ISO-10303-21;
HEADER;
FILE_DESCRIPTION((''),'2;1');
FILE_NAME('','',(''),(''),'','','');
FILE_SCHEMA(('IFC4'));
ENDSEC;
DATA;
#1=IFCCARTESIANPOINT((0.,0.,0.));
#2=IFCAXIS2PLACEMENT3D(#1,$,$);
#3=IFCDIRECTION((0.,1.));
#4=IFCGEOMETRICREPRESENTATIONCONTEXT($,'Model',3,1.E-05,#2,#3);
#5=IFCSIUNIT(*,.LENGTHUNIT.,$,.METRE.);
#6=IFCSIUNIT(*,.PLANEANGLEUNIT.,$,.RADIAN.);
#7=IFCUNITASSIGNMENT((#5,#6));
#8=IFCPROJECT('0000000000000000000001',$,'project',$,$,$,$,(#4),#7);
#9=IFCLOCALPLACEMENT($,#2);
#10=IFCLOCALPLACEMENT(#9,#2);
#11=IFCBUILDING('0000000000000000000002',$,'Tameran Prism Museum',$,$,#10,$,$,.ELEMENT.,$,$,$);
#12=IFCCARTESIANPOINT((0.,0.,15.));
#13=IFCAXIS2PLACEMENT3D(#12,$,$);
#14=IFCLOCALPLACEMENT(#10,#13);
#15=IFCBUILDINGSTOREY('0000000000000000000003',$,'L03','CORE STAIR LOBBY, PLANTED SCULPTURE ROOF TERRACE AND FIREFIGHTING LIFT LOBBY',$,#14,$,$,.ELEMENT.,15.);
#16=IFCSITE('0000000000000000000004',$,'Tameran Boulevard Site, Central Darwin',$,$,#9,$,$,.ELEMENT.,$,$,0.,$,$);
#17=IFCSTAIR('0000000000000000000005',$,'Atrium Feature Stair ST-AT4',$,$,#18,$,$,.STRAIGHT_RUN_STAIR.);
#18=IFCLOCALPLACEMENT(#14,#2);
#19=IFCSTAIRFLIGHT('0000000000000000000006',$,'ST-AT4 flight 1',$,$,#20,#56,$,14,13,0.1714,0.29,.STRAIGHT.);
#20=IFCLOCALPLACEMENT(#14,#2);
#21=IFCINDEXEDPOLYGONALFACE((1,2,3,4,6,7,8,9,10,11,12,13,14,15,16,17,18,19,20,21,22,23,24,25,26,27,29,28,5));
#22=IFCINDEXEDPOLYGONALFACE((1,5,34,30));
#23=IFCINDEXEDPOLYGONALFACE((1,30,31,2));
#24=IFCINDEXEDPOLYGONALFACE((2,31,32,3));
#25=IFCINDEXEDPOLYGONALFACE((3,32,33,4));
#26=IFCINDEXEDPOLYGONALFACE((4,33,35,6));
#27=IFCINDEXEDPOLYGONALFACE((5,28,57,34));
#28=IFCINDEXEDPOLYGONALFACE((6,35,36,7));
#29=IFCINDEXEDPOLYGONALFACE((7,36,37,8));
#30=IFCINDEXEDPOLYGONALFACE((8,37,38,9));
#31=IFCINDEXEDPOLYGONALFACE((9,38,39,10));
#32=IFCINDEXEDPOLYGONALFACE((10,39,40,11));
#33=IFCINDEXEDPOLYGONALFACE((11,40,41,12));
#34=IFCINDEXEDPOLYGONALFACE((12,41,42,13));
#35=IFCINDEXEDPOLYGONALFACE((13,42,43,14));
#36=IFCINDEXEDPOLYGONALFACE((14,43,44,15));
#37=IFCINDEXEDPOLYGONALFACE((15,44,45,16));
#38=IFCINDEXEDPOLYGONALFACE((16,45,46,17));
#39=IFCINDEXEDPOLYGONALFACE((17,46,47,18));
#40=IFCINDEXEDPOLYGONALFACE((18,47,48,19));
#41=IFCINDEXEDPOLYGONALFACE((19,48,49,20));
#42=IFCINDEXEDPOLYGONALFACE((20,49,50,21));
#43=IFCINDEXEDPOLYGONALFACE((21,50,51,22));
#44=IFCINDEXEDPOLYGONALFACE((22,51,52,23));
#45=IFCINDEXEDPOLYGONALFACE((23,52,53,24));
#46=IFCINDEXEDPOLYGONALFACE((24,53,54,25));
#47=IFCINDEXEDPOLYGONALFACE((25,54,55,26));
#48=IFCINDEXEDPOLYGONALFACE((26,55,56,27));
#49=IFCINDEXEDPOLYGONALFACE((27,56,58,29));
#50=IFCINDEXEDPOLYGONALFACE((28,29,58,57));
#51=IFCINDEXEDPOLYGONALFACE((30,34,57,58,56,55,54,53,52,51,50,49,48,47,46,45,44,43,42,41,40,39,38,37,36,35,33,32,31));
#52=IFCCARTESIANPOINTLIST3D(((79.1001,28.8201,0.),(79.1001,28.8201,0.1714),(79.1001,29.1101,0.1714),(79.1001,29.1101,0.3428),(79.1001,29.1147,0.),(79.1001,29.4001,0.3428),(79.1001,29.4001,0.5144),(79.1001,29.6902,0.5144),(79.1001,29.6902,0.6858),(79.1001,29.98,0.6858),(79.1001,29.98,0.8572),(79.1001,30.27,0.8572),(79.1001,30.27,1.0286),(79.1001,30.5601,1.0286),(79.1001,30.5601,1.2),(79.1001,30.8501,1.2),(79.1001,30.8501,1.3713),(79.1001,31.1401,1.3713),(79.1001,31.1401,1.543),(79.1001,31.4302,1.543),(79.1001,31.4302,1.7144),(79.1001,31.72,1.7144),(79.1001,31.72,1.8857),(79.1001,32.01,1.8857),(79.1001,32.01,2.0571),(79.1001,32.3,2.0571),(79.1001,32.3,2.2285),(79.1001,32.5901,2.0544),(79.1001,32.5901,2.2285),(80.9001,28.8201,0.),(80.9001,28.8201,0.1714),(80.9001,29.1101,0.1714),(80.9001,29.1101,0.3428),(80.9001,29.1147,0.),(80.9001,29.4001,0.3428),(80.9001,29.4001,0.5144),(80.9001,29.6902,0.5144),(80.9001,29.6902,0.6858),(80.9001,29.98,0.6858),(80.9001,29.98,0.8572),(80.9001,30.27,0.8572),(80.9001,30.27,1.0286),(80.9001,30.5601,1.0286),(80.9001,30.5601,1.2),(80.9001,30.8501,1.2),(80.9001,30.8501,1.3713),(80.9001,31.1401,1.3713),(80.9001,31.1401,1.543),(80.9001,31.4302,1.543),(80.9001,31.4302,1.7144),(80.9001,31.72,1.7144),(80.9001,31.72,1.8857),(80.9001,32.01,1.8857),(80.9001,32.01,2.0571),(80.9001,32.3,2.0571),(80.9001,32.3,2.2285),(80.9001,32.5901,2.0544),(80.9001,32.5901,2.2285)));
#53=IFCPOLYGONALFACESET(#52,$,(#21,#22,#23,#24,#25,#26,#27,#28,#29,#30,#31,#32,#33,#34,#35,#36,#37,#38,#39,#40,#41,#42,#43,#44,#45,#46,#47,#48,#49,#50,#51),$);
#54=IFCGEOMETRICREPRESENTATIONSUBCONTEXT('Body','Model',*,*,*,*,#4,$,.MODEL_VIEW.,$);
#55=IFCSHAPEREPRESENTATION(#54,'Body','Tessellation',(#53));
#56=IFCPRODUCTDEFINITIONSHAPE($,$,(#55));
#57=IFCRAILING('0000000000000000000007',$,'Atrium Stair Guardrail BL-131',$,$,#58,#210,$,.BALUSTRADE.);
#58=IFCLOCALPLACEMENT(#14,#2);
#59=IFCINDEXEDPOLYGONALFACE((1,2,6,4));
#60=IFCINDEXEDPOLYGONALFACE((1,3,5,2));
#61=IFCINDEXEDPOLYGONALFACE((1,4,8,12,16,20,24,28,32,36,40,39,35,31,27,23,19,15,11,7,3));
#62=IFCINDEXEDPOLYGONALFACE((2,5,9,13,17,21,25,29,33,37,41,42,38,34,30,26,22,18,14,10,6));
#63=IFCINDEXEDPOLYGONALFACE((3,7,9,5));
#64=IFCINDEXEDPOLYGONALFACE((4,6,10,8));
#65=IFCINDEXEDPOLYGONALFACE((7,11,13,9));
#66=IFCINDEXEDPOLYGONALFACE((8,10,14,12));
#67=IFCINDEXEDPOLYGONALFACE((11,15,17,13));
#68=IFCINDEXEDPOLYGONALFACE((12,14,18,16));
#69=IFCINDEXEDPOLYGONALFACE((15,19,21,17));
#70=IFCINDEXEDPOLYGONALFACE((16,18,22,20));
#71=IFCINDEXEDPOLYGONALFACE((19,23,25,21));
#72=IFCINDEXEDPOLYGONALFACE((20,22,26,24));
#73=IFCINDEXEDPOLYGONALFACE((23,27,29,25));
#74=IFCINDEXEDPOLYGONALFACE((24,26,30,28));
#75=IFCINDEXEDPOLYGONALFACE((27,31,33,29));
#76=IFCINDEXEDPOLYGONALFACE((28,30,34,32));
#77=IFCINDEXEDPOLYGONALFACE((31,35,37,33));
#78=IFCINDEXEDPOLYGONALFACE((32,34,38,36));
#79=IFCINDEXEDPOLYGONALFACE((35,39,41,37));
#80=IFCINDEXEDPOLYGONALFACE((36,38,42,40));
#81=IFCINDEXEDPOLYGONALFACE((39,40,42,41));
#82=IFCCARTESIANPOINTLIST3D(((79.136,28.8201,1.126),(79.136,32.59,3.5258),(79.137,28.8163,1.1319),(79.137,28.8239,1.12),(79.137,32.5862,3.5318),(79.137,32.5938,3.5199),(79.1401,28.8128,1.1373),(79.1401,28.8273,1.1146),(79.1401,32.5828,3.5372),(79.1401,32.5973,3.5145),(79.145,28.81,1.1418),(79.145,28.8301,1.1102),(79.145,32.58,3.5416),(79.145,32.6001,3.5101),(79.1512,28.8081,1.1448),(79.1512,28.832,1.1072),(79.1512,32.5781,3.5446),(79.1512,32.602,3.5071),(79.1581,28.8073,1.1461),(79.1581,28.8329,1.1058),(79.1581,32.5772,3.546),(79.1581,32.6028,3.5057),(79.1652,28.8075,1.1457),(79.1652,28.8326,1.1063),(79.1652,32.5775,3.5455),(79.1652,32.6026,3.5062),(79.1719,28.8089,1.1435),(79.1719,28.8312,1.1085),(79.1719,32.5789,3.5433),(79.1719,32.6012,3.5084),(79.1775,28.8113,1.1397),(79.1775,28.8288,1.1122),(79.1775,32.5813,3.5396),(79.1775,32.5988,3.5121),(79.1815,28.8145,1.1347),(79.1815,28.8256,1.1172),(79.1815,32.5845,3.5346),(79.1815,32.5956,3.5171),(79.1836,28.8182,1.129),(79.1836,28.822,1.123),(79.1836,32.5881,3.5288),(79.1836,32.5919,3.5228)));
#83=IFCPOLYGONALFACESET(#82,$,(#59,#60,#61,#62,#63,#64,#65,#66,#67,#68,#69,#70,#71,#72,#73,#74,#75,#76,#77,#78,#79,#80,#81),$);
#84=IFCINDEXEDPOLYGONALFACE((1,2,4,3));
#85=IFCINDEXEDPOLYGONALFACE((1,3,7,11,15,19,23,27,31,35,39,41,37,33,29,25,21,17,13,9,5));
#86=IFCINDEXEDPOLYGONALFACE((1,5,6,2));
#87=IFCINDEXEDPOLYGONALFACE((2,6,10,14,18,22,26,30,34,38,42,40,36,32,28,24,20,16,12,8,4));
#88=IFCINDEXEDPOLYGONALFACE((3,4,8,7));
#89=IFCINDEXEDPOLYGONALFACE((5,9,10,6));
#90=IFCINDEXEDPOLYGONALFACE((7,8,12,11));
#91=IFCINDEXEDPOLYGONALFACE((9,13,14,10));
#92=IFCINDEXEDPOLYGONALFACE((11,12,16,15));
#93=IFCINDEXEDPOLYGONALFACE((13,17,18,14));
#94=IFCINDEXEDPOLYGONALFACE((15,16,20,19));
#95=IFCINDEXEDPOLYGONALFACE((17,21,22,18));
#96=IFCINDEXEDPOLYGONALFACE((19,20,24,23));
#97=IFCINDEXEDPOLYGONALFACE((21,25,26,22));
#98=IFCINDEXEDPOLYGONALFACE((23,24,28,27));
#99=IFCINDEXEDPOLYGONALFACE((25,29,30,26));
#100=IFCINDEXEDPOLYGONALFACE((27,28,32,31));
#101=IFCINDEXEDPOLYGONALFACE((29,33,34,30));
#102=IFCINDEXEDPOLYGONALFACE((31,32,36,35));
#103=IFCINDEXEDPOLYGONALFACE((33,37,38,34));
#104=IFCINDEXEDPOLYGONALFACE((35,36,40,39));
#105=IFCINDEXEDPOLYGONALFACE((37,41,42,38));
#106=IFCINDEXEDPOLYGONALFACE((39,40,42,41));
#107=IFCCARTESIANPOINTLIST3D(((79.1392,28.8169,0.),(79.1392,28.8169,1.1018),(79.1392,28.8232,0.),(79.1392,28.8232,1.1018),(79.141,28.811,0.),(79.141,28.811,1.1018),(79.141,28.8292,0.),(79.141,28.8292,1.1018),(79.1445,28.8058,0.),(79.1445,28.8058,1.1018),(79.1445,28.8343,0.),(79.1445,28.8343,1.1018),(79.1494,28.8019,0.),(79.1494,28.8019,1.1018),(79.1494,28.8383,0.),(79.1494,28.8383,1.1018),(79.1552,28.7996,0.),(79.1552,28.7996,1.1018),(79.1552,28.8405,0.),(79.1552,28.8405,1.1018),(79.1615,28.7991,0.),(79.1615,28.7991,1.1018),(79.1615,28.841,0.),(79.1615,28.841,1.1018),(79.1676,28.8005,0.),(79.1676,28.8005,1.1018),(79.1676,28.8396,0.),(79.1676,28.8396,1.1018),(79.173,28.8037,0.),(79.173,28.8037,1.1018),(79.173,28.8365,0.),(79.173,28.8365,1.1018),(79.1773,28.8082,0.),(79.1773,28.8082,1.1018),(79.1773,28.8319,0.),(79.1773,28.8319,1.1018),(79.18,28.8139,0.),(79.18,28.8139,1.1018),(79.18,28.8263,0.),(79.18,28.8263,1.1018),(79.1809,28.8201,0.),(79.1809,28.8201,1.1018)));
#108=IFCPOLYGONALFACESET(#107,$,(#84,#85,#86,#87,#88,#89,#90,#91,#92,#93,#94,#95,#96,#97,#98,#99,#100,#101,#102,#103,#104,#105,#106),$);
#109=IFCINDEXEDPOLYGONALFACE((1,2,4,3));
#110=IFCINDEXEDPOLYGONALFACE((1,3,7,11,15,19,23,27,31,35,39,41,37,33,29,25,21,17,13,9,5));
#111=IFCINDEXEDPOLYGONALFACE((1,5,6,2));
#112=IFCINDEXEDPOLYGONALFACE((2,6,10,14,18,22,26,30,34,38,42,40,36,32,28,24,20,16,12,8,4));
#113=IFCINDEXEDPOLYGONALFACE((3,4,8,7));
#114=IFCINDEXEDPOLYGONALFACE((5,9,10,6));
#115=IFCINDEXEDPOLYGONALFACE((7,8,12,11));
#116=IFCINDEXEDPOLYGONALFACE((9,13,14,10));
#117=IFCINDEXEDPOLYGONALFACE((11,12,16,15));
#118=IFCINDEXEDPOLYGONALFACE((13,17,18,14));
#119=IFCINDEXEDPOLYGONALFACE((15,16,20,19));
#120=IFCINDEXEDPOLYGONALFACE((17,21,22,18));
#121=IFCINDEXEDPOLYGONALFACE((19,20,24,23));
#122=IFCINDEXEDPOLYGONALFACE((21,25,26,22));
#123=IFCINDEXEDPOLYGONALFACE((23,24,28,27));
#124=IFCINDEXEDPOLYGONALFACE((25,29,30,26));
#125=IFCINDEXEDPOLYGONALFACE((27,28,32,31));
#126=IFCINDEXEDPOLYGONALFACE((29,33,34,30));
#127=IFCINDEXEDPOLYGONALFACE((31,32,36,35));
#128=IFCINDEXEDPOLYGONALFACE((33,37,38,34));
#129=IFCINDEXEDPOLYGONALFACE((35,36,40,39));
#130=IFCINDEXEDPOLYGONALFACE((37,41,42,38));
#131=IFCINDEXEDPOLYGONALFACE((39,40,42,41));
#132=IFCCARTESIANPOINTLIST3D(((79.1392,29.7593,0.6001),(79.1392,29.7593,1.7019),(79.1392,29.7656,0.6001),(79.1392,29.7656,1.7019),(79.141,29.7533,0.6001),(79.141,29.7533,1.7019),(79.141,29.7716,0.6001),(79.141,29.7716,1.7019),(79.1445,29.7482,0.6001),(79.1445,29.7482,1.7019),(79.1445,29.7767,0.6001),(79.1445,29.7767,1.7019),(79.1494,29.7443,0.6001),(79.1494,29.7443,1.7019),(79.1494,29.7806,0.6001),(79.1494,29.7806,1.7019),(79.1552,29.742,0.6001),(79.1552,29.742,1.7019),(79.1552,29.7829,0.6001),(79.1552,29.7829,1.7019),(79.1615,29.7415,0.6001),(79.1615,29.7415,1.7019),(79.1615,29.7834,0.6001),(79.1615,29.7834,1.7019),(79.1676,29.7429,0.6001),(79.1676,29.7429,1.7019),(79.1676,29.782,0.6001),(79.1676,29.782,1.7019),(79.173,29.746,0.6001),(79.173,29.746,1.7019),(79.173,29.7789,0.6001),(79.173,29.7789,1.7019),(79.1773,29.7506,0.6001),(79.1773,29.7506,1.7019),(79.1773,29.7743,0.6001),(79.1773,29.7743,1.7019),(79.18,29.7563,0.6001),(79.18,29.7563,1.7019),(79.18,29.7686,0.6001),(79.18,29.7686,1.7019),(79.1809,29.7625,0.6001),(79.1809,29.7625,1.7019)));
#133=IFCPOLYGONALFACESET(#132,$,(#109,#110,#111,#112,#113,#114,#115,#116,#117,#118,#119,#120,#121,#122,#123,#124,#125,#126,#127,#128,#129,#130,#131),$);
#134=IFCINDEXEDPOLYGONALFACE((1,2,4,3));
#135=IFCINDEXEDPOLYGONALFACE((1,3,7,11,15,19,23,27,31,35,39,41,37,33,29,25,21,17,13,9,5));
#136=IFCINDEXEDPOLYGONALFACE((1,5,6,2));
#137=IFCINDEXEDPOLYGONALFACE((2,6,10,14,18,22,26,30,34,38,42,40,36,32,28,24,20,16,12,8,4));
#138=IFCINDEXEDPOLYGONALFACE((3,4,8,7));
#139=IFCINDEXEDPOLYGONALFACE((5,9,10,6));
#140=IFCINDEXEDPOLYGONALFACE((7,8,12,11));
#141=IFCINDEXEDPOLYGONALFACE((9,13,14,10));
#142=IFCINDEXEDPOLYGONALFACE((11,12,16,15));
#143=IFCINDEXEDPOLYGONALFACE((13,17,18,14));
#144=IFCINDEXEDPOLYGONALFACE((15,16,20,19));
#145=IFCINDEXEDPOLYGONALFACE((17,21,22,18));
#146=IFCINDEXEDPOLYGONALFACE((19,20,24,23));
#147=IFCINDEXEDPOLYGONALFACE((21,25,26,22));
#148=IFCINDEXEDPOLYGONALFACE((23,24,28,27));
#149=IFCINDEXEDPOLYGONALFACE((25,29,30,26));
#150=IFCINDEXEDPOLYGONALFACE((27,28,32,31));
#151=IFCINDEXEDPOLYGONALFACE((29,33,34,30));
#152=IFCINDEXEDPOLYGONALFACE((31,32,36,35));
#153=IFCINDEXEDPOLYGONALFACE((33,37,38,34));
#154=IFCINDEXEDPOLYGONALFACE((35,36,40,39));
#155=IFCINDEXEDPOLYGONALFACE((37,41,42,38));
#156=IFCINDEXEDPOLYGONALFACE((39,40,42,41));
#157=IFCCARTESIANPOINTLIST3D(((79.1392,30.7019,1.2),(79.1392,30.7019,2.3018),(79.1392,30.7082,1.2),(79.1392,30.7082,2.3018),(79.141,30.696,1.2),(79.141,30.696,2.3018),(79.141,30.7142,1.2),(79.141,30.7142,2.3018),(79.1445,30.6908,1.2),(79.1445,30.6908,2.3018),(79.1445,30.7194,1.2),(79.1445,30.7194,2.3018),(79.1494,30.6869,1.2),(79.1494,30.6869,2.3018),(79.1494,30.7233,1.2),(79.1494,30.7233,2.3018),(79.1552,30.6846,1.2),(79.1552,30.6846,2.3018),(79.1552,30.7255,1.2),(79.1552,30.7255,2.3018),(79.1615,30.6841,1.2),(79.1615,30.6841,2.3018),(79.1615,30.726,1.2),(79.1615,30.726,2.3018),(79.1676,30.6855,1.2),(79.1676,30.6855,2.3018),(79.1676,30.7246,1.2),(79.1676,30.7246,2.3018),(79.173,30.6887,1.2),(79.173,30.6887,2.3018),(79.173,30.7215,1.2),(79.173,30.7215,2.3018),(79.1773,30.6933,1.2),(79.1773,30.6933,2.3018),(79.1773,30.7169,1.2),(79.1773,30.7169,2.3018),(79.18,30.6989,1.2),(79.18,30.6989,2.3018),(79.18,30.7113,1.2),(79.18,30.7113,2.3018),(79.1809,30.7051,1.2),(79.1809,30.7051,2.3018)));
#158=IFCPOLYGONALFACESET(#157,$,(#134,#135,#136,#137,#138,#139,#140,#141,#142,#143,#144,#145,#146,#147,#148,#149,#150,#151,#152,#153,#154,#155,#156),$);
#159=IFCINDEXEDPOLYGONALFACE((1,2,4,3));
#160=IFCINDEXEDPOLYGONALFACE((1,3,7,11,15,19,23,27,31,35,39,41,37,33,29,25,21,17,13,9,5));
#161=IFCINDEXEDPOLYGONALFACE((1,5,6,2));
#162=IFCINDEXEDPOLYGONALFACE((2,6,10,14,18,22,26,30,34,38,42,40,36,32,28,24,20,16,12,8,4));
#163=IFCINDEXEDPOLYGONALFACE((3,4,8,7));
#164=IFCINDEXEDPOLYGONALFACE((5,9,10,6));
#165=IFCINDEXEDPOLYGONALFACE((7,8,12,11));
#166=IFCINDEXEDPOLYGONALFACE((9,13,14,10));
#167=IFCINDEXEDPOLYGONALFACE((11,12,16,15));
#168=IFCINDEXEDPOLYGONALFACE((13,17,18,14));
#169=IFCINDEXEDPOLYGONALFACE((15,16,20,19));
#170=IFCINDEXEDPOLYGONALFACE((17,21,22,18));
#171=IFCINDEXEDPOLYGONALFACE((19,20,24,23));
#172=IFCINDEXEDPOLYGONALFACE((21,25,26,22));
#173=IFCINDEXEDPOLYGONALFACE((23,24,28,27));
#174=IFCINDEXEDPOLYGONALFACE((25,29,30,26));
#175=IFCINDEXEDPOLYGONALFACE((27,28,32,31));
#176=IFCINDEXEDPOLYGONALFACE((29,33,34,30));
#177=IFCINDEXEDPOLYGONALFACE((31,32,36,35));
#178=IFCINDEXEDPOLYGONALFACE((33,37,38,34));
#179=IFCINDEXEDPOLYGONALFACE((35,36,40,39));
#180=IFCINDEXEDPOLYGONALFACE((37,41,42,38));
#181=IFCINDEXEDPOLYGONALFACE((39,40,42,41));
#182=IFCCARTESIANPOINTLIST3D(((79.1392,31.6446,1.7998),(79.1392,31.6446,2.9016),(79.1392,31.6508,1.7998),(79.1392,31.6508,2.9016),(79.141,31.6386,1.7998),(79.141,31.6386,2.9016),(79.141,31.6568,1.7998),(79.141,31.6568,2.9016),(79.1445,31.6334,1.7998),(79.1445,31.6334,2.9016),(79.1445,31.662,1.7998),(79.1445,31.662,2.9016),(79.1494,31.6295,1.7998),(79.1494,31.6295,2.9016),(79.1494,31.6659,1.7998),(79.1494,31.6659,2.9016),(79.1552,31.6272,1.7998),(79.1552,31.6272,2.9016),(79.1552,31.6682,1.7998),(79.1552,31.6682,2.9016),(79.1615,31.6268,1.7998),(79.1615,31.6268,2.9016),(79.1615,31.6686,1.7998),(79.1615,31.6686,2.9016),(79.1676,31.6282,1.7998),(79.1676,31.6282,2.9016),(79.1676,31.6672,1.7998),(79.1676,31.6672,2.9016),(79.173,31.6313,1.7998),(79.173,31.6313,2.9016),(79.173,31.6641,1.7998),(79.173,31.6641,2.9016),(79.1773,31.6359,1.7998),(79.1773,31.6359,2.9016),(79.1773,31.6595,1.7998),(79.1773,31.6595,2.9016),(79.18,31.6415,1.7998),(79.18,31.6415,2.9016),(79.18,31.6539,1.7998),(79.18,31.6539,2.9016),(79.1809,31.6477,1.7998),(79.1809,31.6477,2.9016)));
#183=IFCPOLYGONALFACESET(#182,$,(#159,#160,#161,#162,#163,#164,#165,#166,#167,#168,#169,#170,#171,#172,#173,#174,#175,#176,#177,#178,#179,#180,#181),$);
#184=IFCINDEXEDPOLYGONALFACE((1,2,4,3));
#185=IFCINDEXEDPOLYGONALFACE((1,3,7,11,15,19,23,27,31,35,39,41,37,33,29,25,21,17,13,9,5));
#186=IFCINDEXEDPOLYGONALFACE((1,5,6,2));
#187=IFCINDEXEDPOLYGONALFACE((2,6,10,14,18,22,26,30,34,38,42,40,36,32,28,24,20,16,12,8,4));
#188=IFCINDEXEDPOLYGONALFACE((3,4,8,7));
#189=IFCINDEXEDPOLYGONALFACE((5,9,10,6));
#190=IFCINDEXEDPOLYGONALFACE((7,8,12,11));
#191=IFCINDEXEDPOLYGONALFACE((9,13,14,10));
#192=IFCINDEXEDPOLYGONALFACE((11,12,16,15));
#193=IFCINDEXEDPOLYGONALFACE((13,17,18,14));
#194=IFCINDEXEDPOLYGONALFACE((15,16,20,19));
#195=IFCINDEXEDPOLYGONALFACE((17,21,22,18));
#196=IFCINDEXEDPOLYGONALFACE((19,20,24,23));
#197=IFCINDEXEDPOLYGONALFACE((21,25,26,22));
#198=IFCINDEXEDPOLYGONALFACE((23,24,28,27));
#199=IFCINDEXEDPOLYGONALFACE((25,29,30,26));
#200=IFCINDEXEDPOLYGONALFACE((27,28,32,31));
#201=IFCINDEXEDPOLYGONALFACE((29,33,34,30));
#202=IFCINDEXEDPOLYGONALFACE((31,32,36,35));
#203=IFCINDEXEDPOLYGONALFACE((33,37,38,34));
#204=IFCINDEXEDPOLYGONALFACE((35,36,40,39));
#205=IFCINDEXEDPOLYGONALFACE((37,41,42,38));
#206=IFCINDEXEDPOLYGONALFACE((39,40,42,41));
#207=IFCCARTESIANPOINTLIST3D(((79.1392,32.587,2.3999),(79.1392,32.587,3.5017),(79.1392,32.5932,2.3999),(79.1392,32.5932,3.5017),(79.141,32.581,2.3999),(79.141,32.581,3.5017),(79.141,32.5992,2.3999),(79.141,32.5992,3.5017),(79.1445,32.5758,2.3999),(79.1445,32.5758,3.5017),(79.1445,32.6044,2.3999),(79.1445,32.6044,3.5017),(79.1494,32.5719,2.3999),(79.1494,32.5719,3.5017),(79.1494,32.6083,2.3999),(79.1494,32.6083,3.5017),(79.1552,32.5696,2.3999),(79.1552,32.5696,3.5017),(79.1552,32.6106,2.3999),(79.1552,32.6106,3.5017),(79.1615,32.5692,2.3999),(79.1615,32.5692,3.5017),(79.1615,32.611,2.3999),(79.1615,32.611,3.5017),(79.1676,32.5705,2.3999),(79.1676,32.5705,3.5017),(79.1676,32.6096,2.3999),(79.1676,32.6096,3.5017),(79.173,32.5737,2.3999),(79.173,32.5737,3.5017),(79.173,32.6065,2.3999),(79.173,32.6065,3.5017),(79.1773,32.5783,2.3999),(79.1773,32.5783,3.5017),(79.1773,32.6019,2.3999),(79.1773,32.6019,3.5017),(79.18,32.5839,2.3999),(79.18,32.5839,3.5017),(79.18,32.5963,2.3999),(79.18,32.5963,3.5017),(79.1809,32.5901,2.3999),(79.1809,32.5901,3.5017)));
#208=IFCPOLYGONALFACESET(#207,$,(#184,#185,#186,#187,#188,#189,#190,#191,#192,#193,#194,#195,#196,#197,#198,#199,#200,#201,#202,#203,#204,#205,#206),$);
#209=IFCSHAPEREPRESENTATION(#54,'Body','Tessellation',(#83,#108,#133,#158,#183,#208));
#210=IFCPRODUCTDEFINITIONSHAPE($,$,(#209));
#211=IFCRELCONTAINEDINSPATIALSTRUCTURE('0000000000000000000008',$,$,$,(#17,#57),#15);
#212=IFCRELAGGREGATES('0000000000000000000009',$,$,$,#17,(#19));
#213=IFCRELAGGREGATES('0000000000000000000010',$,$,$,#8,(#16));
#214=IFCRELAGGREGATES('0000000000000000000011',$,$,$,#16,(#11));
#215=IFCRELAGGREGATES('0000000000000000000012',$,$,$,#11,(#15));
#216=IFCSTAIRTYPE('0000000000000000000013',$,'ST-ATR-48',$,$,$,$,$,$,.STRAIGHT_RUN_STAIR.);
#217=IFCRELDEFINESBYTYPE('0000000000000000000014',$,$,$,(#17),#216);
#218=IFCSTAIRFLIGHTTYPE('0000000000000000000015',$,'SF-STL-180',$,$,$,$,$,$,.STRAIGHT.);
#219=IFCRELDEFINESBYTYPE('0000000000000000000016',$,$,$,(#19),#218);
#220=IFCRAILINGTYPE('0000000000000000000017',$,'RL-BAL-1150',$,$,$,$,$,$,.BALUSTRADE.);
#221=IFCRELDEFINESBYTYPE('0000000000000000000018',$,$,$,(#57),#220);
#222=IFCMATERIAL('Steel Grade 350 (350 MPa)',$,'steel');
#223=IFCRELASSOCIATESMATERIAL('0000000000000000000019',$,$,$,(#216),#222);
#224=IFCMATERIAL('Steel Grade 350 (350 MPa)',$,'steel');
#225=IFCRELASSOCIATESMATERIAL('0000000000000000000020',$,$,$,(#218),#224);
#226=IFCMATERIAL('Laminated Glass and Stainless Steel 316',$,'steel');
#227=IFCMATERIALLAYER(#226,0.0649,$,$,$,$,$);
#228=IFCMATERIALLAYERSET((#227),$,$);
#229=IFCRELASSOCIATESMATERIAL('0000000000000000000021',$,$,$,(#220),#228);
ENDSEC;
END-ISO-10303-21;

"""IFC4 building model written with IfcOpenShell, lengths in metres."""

from ifc_helpers import new_model, si_unit, direction, frame, origin, origin_2d, place, context, subcontext, project, spatial, polyline, circle, outline, extrude, material, layer, layer_set, type_object, element, aggregate, save


model = new_model("IFC4")

# Units and contexts
model_context = context("Model", 3, precision=1e-05, world=origin(), true_north=direction((0.0, 1.0)))
body_context = subcontext(model_context, "Body", "Model", "MODEL_VIEW")
ifc_project = project(units=[si_unit("LENGTHUNIT", "METRE"), si_unit("PLANEANGLEUNIT", "RADIAN")], contexts=[model_context])

# Site, building, storey
site_placement = place(None, origin())
site = spatial("IfcSite", under=ifc_project, at=site_placement, Name="Tameran Boulevard Site, Central Darwin", CompositionType="ELEMENT", RefElevation=0.0)
building_placement = place(site_placement, origin())
building = spatial("IfcBuilding", under=site, at=building_placement, Name="Tameran Prism Museum", CompositionType="ELEMENT")
storey_placement = place(building_placement, frame((0.0, 0.0, 15.0)))
storey = spatial("IfcBuildingStorey", under=building, at=storey_placement, Name="L03", Description="CORE STAIR LOBBY, PLANTED SCULPTURE ROOF TERRACE AND FIREFIGHTING LIFT LOBBY", CompositionType="ELEMENT", Elevation=15.0)

# Stair, stair flight
ifc_material_1 = material(Name="Steel Grade 350 (350 MPa)", Category="steel")
stair_type = type_object("IfcStairType", Name="ST-ATR-48", PredefinedType="STRAIGHT_RUN_STAIR", material=ifc_material_1)
stair_placement = place(storey_placement, origin())
stair = element("IfcStair", 1, at=stair_placement, inside=storey, type_object=stair_type, Name="Atrium Feature Stair ST-AT4", PredefinedType="STRAIGHT_RUN_STAIR")
ifc_material_2 = material(Name="Steel Grade 350 (350 MPa)", Category="steel")
stair_flight_type = type_object("IfcStairFlightType", Name="SF-STL-180", PredefinedType="STRAIGHT", material=ifc_material_2)
stair_flight_placement = place(storey_placement, frame((80.0, 28.8201, 0.0), z_axis=(0.0, 0.0, 1.0), x_axis=(0.0, 1.0, 0.0)))
stair_flight = element("IfcStairFlight", 2, at=stair_flight_placement, type_object=stair_flight_type, Name="ST-AT4 flight 1", NumberOfRisers=14, NumberOfTreads=13, PredefinedType="STRAIGHT", RiserHeight=0.1714, TreadLength=0.29, context=body_context, shape_type="SweptSolid", body=[
    extrude(outline(polyline([(0.0, 0.0), (0.0, 0.1714), (0.29, 0.1714), (0.29, 0.3428), (0.5801, 0.3428), (0.5801, 0.5144), (0.8701, 0.5144), (0.8701, 0.6858), (1.1599, 0.6858), (1.1599, 0.8572), (1.45, 0.8572), (1.45, 1.0286), (1.74, 1.0286), (1.74, 1.2), (2.03, 1.2), (2.03, 1.3713), (2.3201, 1.3713), (2.3201, 1.543), (2.6101, 1.543), (2.6101, 1.7144), (2.8999, 1.7144), (2.8999, 1.8857), (3.1899, 1.8857), (3.1899, 2.0571), (3.48, 2.0571), (3.48, 2.2285), (3.77, 2.2285), (3.77, 2.3999), (3.77, 2.0544), (0.2947, 0.0), (0.0, 0.0)])), frame((0.0, 0.8999, 0.0), z_axis=(0.0, -1.0, 0.0), x_axis=(1.0, 0.0, 0.0)), (0.0, 0.0, 1.0), 1.8),
])
aggregate(stair, [stair_flight])

# Railing
ifc_material_3 = material(Name="Laminated Glass and Stainless Steel 316", Category="steel")
ifc_layer_1 = layer(ifc_material_3, 0.0649)
ifc_layer_set_1 = layer_set([ifc_layer_1])
railing_type = type_object("IfcRailingType", Name="RL-BAL-1150", PredefinedType="BALUSTRADE", material=ifc_layer_set_1)
railing_1_placement = place(storey_placement, frame((79.1599, 28.8201, 0.0)))
element("IfcRailing", 3, at=railing_1_placement, inside=storey, type_object=railing_type, Name="Atrium Stair Guardrail BL-131", PredefinedType="BALUSTRADE", context=body_context, shape_type="SweptSolid", body=[
    extrude(circle(Radius=0.0239, at=origin_2d()), frame((0.0, 0.0, 1.126), z_axis=(0.0, 0.84358, 0.537003), x_axis=(-1.0, 0.0, 0.0)), (0.0, 0.0, 1.0), 4.469),
    extrude(circle(Radius=0.021, at=origin_2d()), origin(), (0.0, 0.0, 1.0), 1.1018),
    extrude(circle(Radius=0.021, at=origin_2d()), frame((0.0, 0.9424, 0.6001)), (0.0, 0.0, 1.0), 1.1018),
    extrude(circle(Radius=0.021, at=origin_2d()), frame((0.0, 1.885, 1.2)), (0.0, 0.0, 1.0), 1.1018),
    extrude(circle(Radius=0.021, at=origin_2d()), frame((0.0, 2.8276, 1.7998)), (0.0, 0.0, 1.0), 1.1018),
    extrude(circle(Radius=0.021, at=origin_2d()), frame((0.0, 3.77, 2.3999)), (0.0, 0.0, 1.0), 1.1018),
])

save(model, "model.ifc")
